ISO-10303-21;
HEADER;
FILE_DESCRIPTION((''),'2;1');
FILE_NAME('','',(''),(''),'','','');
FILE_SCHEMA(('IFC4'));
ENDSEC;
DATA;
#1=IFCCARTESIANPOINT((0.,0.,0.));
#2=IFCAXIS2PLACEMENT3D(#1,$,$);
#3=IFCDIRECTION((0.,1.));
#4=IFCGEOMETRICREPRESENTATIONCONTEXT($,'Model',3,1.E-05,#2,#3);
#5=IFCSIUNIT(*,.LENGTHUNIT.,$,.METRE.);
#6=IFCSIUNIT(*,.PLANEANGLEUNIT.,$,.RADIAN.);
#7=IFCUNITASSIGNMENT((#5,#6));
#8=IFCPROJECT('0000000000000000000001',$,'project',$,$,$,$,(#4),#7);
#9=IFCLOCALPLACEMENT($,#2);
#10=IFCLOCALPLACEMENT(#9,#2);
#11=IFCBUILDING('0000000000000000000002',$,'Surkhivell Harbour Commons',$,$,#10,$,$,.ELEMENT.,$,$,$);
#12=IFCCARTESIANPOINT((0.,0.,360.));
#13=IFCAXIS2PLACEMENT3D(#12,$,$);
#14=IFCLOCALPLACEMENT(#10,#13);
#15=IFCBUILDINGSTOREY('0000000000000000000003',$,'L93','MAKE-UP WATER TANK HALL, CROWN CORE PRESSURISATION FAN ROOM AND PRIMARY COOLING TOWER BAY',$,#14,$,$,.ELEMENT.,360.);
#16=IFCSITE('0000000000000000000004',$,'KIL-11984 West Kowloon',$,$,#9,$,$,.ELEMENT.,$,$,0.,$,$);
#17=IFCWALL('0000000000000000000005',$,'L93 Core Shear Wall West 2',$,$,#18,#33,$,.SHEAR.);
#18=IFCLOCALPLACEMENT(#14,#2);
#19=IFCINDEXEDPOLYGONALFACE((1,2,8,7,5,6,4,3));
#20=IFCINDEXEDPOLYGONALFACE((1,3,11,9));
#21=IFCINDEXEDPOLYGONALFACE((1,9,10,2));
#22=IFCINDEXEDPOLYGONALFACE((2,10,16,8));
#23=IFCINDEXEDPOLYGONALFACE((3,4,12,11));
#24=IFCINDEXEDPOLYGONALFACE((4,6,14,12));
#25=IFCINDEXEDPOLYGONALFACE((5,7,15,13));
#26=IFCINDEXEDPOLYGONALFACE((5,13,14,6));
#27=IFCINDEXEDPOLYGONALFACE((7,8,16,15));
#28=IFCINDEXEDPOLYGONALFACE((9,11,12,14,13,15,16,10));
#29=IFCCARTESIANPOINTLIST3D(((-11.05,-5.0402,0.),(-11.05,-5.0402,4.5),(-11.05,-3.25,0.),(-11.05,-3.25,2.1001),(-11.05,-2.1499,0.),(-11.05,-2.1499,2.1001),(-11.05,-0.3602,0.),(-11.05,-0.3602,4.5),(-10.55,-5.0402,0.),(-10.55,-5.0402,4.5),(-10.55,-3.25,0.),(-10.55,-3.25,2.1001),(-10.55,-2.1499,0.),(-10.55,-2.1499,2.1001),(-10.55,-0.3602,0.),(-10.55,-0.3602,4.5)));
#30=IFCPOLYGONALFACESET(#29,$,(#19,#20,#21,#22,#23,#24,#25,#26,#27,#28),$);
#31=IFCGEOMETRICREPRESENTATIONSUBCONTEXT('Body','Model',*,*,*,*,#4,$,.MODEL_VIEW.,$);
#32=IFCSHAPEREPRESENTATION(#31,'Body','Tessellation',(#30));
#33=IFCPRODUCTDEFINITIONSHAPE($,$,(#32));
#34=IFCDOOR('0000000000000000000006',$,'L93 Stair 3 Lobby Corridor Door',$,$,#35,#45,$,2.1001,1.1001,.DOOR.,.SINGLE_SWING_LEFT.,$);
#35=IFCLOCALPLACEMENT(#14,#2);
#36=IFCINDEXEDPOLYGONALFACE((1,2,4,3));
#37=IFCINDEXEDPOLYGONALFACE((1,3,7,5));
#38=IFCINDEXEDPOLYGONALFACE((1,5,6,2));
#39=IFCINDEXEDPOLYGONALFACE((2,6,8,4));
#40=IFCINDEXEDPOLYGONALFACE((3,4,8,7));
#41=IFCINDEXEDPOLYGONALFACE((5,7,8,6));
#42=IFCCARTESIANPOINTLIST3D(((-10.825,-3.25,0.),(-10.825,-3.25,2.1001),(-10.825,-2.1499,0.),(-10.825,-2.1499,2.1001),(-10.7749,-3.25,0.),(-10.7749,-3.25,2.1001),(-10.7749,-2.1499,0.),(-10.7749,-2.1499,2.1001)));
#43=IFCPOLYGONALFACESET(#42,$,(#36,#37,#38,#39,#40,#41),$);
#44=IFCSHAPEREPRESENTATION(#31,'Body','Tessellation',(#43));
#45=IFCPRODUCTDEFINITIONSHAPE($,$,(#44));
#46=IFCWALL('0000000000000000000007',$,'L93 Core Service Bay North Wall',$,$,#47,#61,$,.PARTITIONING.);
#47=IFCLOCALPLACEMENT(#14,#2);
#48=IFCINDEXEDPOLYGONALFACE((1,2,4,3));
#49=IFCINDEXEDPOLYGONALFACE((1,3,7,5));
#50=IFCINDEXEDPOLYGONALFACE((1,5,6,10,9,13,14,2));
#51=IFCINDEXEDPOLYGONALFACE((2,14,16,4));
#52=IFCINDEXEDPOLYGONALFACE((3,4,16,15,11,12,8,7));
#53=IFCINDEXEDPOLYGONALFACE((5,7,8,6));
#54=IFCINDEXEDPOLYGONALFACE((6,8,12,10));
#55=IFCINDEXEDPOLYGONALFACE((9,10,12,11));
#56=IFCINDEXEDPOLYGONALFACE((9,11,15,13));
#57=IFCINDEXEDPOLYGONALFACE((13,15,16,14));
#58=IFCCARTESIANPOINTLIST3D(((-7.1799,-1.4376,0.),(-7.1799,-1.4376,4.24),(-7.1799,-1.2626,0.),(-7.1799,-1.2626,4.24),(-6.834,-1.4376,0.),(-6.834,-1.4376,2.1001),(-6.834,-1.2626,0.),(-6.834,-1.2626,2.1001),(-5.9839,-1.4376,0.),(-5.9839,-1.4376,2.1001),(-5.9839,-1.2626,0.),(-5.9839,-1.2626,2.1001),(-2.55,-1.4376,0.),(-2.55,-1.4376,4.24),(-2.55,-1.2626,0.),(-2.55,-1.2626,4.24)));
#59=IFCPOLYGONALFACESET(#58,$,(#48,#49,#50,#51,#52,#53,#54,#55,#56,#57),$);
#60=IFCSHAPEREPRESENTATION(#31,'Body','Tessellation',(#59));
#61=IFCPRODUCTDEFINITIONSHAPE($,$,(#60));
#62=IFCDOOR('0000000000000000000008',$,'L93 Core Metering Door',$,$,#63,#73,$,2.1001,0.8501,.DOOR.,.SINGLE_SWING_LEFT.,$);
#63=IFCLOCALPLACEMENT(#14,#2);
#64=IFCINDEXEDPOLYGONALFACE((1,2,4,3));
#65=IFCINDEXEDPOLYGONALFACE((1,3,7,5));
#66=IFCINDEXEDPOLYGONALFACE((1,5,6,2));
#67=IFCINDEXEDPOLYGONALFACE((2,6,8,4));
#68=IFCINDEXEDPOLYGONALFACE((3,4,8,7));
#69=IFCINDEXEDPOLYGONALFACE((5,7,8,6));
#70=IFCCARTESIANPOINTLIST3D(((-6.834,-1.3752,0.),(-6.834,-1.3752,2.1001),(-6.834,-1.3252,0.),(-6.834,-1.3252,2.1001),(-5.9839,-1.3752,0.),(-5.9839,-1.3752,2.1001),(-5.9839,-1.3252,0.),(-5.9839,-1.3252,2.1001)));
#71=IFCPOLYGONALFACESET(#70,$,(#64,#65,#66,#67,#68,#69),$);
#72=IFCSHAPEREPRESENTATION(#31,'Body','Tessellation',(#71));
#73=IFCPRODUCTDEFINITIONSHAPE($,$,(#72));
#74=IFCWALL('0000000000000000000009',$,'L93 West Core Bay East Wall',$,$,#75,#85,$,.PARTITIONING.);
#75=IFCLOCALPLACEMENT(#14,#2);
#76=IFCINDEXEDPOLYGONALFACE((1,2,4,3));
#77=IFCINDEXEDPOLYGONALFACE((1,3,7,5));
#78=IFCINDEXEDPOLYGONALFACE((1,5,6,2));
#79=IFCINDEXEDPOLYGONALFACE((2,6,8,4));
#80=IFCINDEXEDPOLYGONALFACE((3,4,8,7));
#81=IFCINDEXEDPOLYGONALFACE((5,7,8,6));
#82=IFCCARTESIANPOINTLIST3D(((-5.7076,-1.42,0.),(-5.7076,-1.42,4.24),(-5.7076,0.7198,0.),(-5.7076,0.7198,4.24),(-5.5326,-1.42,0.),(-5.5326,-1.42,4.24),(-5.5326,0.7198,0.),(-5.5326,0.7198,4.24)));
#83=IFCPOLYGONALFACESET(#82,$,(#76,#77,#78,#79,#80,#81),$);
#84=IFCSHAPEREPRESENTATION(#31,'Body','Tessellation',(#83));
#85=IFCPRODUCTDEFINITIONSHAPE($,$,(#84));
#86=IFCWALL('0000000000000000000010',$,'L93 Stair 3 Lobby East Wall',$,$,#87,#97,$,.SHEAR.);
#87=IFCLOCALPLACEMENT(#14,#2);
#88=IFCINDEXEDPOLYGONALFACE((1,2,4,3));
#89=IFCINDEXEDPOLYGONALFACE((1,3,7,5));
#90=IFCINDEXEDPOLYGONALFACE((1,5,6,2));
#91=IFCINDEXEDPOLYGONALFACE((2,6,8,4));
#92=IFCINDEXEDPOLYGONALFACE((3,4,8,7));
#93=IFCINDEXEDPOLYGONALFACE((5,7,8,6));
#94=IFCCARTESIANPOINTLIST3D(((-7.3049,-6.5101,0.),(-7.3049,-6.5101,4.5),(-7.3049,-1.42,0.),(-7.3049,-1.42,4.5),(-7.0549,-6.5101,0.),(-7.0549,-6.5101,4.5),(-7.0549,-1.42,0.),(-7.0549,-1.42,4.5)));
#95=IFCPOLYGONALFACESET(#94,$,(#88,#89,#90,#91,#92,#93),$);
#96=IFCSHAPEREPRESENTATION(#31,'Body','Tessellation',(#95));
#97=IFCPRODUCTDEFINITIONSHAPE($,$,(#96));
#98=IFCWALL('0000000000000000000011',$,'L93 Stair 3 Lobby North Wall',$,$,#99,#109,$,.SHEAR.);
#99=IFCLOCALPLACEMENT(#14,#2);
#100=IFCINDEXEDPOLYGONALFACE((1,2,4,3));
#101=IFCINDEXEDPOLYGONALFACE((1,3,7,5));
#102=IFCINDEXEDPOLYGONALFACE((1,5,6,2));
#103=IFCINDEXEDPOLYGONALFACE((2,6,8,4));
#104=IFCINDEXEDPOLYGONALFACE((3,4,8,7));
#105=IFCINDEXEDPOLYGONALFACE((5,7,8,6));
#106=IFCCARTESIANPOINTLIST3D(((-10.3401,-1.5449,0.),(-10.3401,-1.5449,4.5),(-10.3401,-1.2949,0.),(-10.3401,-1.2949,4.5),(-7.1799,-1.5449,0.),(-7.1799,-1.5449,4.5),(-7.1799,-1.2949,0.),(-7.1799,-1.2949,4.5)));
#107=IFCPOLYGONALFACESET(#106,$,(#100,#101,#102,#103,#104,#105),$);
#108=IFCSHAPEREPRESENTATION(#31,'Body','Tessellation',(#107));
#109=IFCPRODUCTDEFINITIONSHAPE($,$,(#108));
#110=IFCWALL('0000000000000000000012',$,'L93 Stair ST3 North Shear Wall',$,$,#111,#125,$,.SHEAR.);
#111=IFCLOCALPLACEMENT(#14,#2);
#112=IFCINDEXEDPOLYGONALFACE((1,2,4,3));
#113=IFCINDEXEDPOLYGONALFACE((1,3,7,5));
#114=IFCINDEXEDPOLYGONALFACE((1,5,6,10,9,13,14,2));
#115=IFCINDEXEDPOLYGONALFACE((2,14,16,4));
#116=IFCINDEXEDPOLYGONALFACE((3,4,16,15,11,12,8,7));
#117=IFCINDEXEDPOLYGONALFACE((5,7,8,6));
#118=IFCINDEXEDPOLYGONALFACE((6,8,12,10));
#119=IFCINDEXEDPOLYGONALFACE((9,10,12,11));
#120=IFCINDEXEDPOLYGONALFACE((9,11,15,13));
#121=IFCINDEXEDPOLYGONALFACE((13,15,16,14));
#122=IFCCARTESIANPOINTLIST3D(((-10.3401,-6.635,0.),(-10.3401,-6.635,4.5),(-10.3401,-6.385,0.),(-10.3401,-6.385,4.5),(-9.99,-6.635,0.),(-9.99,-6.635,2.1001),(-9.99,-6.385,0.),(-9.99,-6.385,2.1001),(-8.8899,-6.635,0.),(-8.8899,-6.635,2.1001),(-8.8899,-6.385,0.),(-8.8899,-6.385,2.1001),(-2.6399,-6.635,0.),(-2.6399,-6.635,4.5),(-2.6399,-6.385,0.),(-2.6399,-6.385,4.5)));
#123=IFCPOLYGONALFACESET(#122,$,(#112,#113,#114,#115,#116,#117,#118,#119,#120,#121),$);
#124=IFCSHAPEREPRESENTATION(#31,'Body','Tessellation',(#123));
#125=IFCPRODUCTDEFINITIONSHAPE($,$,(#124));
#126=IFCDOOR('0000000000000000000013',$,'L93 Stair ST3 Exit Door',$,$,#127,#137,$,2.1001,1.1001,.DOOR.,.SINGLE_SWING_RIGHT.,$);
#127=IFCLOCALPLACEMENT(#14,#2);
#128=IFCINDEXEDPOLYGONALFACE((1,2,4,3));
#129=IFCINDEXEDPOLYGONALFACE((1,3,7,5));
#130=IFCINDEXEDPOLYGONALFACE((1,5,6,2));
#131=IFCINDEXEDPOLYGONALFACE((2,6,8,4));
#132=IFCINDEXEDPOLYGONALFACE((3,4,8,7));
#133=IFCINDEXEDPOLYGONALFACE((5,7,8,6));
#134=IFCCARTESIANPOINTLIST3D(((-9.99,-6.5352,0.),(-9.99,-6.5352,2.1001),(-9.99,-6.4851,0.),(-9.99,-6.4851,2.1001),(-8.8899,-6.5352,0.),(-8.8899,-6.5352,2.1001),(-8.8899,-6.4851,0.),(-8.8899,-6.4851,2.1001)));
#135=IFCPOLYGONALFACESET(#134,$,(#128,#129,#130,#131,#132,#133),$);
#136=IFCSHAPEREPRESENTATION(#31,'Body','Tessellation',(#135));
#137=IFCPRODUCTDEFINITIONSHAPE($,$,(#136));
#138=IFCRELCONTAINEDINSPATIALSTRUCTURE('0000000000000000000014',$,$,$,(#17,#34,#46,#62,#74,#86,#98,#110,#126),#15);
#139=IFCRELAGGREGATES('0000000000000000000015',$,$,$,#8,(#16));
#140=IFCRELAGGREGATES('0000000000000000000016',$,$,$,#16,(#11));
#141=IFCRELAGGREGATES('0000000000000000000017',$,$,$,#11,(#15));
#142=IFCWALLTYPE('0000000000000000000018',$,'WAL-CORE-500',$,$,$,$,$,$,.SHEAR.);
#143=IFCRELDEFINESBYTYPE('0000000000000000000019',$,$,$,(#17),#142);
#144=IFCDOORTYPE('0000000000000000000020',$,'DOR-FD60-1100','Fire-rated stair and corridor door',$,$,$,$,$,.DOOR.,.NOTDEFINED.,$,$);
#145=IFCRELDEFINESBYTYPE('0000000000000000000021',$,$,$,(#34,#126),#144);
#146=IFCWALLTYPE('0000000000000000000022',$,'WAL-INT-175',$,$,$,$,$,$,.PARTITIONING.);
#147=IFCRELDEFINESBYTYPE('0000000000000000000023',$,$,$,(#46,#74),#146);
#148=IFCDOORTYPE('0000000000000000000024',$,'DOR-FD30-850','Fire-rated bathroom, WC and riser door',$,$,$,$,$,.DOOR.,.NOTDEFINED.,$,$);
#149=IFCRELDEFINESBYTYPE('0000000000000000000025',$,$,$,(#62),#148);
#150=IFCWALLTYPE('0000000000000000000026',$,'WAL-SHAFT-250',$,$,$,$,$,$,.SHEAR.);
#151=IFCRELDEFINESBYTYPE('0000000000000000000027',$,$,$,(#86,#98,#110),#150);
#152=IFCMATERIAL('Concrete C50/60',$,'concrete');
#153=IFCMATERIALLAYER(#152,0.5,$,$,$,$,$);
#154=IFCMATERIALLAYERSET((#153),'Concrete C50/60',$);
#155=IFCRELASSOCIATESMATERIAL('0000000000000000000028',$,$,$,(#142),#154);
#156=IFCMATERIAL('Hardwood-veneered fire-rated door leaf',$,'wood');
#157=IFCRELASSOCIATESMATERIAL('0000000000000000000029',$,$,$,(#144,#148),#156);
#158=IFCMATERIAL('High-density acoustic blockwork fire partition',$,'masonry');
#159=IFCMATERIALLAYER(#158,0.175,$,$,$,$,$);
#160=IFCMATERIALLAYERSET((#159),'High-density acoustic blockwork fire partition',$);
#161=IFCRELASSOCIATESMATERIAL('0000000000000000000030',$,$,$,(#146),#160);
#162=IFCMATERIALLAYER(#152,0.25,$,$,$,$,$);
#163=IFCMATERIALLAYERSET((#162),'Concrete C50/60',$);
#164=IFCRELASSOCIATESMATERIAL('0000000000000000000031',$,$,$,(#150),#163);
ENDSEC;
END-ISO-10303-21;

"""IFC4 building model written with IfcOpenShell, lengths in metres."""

from ifc_helpers import new_model, si_unit, direction, frame, frame_2d, origin, place, context, subcontext, project, spatial, rectangle, extrude, material, layer, layer_set, type_object, element, fill, save


model = new_model("IFC4")

# Units and contexts
model_context = context("Model", 3, precision=1e-05, world=origin(), true_north=direction((0.0, 1.0)))
body_context = subcontext(model_context, "Body", "Model", "MODEL_VIEW")
ifc_project = project(units=[si_unit("LENGTHUNIT", "METRE"), si_unit("PLANEANGLEUNIT", "RADIAN")], contexts=[model_context])

# Site, building, storey
site_placement = place(None, origin())
site = spatial("IfcSite", under=ifc_project, at=site_placement, Name="KIL-11984 West Kowloon", CompositionType="ELEMENT", RefElevation=0.0)
building_placement = place(site_placement, origin())
building = spatial("IfcBuilding", under=site, at=building_placement, Name="Surkhivell Harbour Commons", CompositionType="ELEMENT")
storey_placement = place(building_placement, frame((0.0, 0.0, 360.0)))
storey = spatial("IfcBuildingStorey", under=building, at=storey_placement, Name="L93", Description="MAKE-UP WATER TANK HALL, CROWN CORE PRESSURISATION FAN ROOM AND PRIMARY COOLING TOWER BAY", CompositionType="ELEMENT", Elevation=360.0)

# Shared definitions
ifc_material_1 = material(Name="Concrete C50/60", Category="concrete")

# Shared definitions
ifc_layer_1 = layer(ifc_material_1, 0.5)
ifc_layer_set_1 = layer_set([ifc_layer_1], Name="Concrete C50/60")
wall_type_1 = type_object("IfcWallType", Name="WAL-CORE-500", PredefinedType="SHEAR", material=ifc_layer_set_1)

# Walls, openings, doors
wall_1_placement = place(storey_placement, frame((-10.8, -5.04, 0.0), z_axis=(0.0, 0.0, 1.0), x_axis=(0.0, 1.0, 0.0)))
wall_1 = element("IfcWall", 1, at=wall_1_placement, inside=storey, type_object=wall_type_1, Name="L93 Core Shear Wall West 2", PredefinedType="SHEAR", context=body_context, shape_type="SweptSolid", body=[
    extrude(rectangle(XDim=4.6799, YDim=0.5, at=frame_2d((2.3398, 0.0))), origin(), (0.0, 0.0, 1.0), 4.5),
])
opening_1_placement = place(wall_1_placement, frame((1.79, 0.0, 0.0)))
opening_1 = element("IfcOpeningElement", 2, at=opening_1_placement, cuts=wall_1, PredefinedType="OPENING", context=body_context, shape_type="SweptSolid", body=[
    extrude(rectangle(XDim=1.1001, YDim=2.1001, at=frame_2d((0.55, 1.05))), frame((0.0, 0.26, 0.0), z_axis=(0.0, -1.0, 0.0), x_axis=(1.0, 0.0, 0.0)), (0.0, 0.0, 1.0), 0.52),
])
ifc_material_2 = material(Name="Hardwood-veneered fire-rated door leaf", Category="wood")
door_type_1 = type_object("IfcDoorType", Name="DOR-FD60-1100", Description="Fire-rated stair and corridor door", OperationType="NOTDEFINED", PredefinedType="DOOR", material=ifc_material_2)
door_1_placement = place(opening_1_placement, origin())
door_1 = element("IfcDoor", 3, at=door_1_placement, inside=storey, type_object=door_type_1, Name="L93 Stair 3 Lobby Corridor Door", OperationType="SINGLE_SWING_LEFT", OverallHeight=2.1001, OverallWidth=1.1001, PredefinedType="DOOR", context=body_context, shape_type="SweptSolid", body=[
    extrude(rectangle(XDim=1.1001, YDim=2.1001, at=frame_2d((0.55, 1.05))), frame((0.0, 0.0249, 0.0), z_axis=(0.0, -1.0, 0.0), x_axis=(1.0, 0.0, 0.0)), (0.0, 0.0, 1.0), 0.05),
])
fill(opening_1, door_1)
ifc_material_3 = material(Name="High-density acoustic blockwork fire partition", Category="masonry")
ifc_layer_2 = layer(ifc_material_3, 0.175)
ifc_layer_set_2 = layer_set([ifc_layer_2], Name="High-density acoustic blockwork fire partition")
wall_type_2 = type_object("IfcWallType", Name="WAL-INT-175", PredefinedType="PARTITIONING", material=ifc_layer_set_2)
wall_2_placement = place(storey_placement, frame((-7.1799, -1.3501, 0.0), z_axis=(0.0, 0.0, 1.0), x_axis=(1.0, 0.0, 0.0)))
wall_2 = element("IfcWall", 4, at=wall_2_placement, inside=storey, type_object=wall_type_2, Name="L93 Core Service Bay North Wall", PredefinedType="PARTITIONING", context=body_context, shape_type="SweptSolid", body=[
    extrude(rectangle(XDim=4.6299, YDim=0.175, at=frame_2d((2.3149, 0.0))), origin(), (0.0, 0.0, 1.0), 4.24),
])
opening_2_placement = place(wall_2_placement, frame((0.3459, 0.0, 0.0)))
opening_2 = element("IfcOpeningElement", 5, at=opening_2_placement, cuts=wall_2, PredefinedType="OPENING", context=body_context, shape_type="SweptSolid", body=[
    extrude(rectangle(XDim=0.8501, YDim=2.1001, at=frame_2d((0.425, 1.05))), frame((0.0, 0.0974, 0.0), z_axis=(0.0, -1.0, 0.0), x_axis=(1.0, 0.0, 0.0)), (0.0, 0.0, 1.0), 0.1951),
])
door_type_2 = type_object("IfcDoorType", Name="DOR-FD30-850", Description="Fire-rated bathroom, WC and riser door", OperationType="NOTDEFINED", PredefinedType="DOOR", material=ifc_material_2)
door_2_placement = place(opening_2_placement, origin())
door_2 = element("IfcDoor", 6, at=door_2_placement, inside=storey, type_object=door_type_2, Name="L93 Core Metering Door", OperationType="SINGLE_SWING_LEFT", OverallHeight=2.1001, OverallWidth=0.8501, PredefinedType="DOOR", context=body_context, shape_type="SweptSolid", body=[
    extrude(rectangle(XDim=0.8501, YDim=2.1001, at=frame_2d((0.425, 1.05))), frame((0.0, 0.0249, 0.0), z_axis=(0.0, -1.0, 0.0), x_axis=(1.0, 0.0, 0.0)), (0.0, 0.0, 1.0), 0.05),
])
fill(opening_2, door_2)

# Walls
wall_3_placement = place(storey_placement, frame((-5.6201, -1.4199, 0.0), z_axis=(0.0, 0.0, 1.0), x_axis=(0.0, 1.0, 0.0)))
element("IfcWall", 7, at=wall_3_placement, inside=storey, type_object=wall_type_2, Name="L93 West Core Bay East Wall", PredefinedType="PARTITIONING", context=body_context, shape_type="SweptSolid", body=[
    extrude(rectangle(XDim=2.1399, YDim=0.175, at=frame_2d((1.0698, 0.0))), origin(), (0.0, 0.0, 1.0), 4.24),
])
ifc_layer_3 = layer(ifc_material_1, 0.25)
ifc_layer_set_3 = layer_set([ifc_layer_3], Name="Concrete C50/60")
wall_type_3 = type_object("IfcWallType", Name="WAL-SHAFT-250", PredefinedType="SHEAR", material=ifc_layer_set_3)
wall_4_placement = place(storey_placement, frame((-7.1799, -6.51, 0.0), z_axis=(0.0, 0.0, 1.0), x_axis=(0.0, 1.0, 0.0)))
element("IfcWall", 8, at=wall_4_placement, inside=storey, type_object=wall_type_3, Name="L93 Stair 3 Lobby East Wall", PredefinedType="SHEAR", context=body_context, shape_type="SweptSolid", body=[
    extrude(rectangle(XDim=5.0901, YDim=0.25, at=frame_2d((2.5449, 0.0))), origin(), (0.0, 0.0, 1.0), 4.5),
])
wall_5_placement = place(storey_placement, frame((-10.3401, -1.4199, 0.0), z_axis=(0.0, 0.0, 1.0), x_axis=(1.0, 0.0, 0.0)))
element("IfcWall", 9, at=wall_5_placement, inside=storey, type_object=wall_type_3, Name="L93 Stair 3 Lobby North Wall", PredefinedType="SHEAR", context=body_context, shape_type="SweptSolid", body=[
    extrude(rectangle(XDim=3.1602, YDim=0.25, at=frame_2d((1.5801, 0.0))), origin(), (0.0, 0.0, 1.0), 4.5),
])

# Wall, opening, door
wall_6_placement = place(storey_placement, frame((-10.3401, -6.51, 0.0), z_axis=(0.0, 0.0, 1.0), x_axis=(1.0, 0.0, 0.0)))
wall_6 = element("IfcWall", 10, at=wall_6_placement, inside=storey, type_object=wall_type_3, Name="L93 Stair ST3 North Shear Wall", PredefinedType="SHEAR", context=body_context, shape_type="SweptSolid", body=[
    extrude(rectangle(XDim=7.7002, YDim=0.25, at=frame_2d((3.8501, 0.0))), origin(), (0.0, 0.0, 1.0), 4.5),
])
opening_3_placement = place(wall_6_placement, frame((0.3501, 0.0, 0.0)))
opening_3 = element("IfcOpeningElement", 11, at=opening_3_placement, cuts=wall_6, PredefinedType="OPENING", context=body_context, shape_type="SweptSolid", body=[
    extrude(rectangle(XDim=1.1001, YDim=2.1001, at=frame_2d((0.55, 1.05))), frame((0.0, 0.135, 0.0), z_axis=(0.0, -1.0, 0.0), x_axis=(1.0, 0.0, 0.0)), (0.0, 0.0, 1.0), 0.27),
])
door_3_placement = place(opening_3_placement, origin())
door_3 = element("IfcDoor", 12, at=door_3_placement, inside=storey, type_object=door_type_1, Name="L93 Stair ST3 Exit Door", OperationType="SINGLE_SWING_RIGHT", OverallHeight=2.1001, OverallWidth=1.1001, PredefinedType="DOOR", context=body_context, shape_type="SweptSolid", body=[
    extrude(rectangle(XDim=1.1001, YDim=2.1001, at=frame_2d((0.55, 1.05))), frame((0.0, 0.0249, 0.0), z_axis=(0.0, -1.0, 0.0), x_axis=(1.0, 0.0, 0.0)), (0.0, 0.0, 1.0), 0.05),
])
fill(opening_3, door_3)

save(model, "model.ifc")
